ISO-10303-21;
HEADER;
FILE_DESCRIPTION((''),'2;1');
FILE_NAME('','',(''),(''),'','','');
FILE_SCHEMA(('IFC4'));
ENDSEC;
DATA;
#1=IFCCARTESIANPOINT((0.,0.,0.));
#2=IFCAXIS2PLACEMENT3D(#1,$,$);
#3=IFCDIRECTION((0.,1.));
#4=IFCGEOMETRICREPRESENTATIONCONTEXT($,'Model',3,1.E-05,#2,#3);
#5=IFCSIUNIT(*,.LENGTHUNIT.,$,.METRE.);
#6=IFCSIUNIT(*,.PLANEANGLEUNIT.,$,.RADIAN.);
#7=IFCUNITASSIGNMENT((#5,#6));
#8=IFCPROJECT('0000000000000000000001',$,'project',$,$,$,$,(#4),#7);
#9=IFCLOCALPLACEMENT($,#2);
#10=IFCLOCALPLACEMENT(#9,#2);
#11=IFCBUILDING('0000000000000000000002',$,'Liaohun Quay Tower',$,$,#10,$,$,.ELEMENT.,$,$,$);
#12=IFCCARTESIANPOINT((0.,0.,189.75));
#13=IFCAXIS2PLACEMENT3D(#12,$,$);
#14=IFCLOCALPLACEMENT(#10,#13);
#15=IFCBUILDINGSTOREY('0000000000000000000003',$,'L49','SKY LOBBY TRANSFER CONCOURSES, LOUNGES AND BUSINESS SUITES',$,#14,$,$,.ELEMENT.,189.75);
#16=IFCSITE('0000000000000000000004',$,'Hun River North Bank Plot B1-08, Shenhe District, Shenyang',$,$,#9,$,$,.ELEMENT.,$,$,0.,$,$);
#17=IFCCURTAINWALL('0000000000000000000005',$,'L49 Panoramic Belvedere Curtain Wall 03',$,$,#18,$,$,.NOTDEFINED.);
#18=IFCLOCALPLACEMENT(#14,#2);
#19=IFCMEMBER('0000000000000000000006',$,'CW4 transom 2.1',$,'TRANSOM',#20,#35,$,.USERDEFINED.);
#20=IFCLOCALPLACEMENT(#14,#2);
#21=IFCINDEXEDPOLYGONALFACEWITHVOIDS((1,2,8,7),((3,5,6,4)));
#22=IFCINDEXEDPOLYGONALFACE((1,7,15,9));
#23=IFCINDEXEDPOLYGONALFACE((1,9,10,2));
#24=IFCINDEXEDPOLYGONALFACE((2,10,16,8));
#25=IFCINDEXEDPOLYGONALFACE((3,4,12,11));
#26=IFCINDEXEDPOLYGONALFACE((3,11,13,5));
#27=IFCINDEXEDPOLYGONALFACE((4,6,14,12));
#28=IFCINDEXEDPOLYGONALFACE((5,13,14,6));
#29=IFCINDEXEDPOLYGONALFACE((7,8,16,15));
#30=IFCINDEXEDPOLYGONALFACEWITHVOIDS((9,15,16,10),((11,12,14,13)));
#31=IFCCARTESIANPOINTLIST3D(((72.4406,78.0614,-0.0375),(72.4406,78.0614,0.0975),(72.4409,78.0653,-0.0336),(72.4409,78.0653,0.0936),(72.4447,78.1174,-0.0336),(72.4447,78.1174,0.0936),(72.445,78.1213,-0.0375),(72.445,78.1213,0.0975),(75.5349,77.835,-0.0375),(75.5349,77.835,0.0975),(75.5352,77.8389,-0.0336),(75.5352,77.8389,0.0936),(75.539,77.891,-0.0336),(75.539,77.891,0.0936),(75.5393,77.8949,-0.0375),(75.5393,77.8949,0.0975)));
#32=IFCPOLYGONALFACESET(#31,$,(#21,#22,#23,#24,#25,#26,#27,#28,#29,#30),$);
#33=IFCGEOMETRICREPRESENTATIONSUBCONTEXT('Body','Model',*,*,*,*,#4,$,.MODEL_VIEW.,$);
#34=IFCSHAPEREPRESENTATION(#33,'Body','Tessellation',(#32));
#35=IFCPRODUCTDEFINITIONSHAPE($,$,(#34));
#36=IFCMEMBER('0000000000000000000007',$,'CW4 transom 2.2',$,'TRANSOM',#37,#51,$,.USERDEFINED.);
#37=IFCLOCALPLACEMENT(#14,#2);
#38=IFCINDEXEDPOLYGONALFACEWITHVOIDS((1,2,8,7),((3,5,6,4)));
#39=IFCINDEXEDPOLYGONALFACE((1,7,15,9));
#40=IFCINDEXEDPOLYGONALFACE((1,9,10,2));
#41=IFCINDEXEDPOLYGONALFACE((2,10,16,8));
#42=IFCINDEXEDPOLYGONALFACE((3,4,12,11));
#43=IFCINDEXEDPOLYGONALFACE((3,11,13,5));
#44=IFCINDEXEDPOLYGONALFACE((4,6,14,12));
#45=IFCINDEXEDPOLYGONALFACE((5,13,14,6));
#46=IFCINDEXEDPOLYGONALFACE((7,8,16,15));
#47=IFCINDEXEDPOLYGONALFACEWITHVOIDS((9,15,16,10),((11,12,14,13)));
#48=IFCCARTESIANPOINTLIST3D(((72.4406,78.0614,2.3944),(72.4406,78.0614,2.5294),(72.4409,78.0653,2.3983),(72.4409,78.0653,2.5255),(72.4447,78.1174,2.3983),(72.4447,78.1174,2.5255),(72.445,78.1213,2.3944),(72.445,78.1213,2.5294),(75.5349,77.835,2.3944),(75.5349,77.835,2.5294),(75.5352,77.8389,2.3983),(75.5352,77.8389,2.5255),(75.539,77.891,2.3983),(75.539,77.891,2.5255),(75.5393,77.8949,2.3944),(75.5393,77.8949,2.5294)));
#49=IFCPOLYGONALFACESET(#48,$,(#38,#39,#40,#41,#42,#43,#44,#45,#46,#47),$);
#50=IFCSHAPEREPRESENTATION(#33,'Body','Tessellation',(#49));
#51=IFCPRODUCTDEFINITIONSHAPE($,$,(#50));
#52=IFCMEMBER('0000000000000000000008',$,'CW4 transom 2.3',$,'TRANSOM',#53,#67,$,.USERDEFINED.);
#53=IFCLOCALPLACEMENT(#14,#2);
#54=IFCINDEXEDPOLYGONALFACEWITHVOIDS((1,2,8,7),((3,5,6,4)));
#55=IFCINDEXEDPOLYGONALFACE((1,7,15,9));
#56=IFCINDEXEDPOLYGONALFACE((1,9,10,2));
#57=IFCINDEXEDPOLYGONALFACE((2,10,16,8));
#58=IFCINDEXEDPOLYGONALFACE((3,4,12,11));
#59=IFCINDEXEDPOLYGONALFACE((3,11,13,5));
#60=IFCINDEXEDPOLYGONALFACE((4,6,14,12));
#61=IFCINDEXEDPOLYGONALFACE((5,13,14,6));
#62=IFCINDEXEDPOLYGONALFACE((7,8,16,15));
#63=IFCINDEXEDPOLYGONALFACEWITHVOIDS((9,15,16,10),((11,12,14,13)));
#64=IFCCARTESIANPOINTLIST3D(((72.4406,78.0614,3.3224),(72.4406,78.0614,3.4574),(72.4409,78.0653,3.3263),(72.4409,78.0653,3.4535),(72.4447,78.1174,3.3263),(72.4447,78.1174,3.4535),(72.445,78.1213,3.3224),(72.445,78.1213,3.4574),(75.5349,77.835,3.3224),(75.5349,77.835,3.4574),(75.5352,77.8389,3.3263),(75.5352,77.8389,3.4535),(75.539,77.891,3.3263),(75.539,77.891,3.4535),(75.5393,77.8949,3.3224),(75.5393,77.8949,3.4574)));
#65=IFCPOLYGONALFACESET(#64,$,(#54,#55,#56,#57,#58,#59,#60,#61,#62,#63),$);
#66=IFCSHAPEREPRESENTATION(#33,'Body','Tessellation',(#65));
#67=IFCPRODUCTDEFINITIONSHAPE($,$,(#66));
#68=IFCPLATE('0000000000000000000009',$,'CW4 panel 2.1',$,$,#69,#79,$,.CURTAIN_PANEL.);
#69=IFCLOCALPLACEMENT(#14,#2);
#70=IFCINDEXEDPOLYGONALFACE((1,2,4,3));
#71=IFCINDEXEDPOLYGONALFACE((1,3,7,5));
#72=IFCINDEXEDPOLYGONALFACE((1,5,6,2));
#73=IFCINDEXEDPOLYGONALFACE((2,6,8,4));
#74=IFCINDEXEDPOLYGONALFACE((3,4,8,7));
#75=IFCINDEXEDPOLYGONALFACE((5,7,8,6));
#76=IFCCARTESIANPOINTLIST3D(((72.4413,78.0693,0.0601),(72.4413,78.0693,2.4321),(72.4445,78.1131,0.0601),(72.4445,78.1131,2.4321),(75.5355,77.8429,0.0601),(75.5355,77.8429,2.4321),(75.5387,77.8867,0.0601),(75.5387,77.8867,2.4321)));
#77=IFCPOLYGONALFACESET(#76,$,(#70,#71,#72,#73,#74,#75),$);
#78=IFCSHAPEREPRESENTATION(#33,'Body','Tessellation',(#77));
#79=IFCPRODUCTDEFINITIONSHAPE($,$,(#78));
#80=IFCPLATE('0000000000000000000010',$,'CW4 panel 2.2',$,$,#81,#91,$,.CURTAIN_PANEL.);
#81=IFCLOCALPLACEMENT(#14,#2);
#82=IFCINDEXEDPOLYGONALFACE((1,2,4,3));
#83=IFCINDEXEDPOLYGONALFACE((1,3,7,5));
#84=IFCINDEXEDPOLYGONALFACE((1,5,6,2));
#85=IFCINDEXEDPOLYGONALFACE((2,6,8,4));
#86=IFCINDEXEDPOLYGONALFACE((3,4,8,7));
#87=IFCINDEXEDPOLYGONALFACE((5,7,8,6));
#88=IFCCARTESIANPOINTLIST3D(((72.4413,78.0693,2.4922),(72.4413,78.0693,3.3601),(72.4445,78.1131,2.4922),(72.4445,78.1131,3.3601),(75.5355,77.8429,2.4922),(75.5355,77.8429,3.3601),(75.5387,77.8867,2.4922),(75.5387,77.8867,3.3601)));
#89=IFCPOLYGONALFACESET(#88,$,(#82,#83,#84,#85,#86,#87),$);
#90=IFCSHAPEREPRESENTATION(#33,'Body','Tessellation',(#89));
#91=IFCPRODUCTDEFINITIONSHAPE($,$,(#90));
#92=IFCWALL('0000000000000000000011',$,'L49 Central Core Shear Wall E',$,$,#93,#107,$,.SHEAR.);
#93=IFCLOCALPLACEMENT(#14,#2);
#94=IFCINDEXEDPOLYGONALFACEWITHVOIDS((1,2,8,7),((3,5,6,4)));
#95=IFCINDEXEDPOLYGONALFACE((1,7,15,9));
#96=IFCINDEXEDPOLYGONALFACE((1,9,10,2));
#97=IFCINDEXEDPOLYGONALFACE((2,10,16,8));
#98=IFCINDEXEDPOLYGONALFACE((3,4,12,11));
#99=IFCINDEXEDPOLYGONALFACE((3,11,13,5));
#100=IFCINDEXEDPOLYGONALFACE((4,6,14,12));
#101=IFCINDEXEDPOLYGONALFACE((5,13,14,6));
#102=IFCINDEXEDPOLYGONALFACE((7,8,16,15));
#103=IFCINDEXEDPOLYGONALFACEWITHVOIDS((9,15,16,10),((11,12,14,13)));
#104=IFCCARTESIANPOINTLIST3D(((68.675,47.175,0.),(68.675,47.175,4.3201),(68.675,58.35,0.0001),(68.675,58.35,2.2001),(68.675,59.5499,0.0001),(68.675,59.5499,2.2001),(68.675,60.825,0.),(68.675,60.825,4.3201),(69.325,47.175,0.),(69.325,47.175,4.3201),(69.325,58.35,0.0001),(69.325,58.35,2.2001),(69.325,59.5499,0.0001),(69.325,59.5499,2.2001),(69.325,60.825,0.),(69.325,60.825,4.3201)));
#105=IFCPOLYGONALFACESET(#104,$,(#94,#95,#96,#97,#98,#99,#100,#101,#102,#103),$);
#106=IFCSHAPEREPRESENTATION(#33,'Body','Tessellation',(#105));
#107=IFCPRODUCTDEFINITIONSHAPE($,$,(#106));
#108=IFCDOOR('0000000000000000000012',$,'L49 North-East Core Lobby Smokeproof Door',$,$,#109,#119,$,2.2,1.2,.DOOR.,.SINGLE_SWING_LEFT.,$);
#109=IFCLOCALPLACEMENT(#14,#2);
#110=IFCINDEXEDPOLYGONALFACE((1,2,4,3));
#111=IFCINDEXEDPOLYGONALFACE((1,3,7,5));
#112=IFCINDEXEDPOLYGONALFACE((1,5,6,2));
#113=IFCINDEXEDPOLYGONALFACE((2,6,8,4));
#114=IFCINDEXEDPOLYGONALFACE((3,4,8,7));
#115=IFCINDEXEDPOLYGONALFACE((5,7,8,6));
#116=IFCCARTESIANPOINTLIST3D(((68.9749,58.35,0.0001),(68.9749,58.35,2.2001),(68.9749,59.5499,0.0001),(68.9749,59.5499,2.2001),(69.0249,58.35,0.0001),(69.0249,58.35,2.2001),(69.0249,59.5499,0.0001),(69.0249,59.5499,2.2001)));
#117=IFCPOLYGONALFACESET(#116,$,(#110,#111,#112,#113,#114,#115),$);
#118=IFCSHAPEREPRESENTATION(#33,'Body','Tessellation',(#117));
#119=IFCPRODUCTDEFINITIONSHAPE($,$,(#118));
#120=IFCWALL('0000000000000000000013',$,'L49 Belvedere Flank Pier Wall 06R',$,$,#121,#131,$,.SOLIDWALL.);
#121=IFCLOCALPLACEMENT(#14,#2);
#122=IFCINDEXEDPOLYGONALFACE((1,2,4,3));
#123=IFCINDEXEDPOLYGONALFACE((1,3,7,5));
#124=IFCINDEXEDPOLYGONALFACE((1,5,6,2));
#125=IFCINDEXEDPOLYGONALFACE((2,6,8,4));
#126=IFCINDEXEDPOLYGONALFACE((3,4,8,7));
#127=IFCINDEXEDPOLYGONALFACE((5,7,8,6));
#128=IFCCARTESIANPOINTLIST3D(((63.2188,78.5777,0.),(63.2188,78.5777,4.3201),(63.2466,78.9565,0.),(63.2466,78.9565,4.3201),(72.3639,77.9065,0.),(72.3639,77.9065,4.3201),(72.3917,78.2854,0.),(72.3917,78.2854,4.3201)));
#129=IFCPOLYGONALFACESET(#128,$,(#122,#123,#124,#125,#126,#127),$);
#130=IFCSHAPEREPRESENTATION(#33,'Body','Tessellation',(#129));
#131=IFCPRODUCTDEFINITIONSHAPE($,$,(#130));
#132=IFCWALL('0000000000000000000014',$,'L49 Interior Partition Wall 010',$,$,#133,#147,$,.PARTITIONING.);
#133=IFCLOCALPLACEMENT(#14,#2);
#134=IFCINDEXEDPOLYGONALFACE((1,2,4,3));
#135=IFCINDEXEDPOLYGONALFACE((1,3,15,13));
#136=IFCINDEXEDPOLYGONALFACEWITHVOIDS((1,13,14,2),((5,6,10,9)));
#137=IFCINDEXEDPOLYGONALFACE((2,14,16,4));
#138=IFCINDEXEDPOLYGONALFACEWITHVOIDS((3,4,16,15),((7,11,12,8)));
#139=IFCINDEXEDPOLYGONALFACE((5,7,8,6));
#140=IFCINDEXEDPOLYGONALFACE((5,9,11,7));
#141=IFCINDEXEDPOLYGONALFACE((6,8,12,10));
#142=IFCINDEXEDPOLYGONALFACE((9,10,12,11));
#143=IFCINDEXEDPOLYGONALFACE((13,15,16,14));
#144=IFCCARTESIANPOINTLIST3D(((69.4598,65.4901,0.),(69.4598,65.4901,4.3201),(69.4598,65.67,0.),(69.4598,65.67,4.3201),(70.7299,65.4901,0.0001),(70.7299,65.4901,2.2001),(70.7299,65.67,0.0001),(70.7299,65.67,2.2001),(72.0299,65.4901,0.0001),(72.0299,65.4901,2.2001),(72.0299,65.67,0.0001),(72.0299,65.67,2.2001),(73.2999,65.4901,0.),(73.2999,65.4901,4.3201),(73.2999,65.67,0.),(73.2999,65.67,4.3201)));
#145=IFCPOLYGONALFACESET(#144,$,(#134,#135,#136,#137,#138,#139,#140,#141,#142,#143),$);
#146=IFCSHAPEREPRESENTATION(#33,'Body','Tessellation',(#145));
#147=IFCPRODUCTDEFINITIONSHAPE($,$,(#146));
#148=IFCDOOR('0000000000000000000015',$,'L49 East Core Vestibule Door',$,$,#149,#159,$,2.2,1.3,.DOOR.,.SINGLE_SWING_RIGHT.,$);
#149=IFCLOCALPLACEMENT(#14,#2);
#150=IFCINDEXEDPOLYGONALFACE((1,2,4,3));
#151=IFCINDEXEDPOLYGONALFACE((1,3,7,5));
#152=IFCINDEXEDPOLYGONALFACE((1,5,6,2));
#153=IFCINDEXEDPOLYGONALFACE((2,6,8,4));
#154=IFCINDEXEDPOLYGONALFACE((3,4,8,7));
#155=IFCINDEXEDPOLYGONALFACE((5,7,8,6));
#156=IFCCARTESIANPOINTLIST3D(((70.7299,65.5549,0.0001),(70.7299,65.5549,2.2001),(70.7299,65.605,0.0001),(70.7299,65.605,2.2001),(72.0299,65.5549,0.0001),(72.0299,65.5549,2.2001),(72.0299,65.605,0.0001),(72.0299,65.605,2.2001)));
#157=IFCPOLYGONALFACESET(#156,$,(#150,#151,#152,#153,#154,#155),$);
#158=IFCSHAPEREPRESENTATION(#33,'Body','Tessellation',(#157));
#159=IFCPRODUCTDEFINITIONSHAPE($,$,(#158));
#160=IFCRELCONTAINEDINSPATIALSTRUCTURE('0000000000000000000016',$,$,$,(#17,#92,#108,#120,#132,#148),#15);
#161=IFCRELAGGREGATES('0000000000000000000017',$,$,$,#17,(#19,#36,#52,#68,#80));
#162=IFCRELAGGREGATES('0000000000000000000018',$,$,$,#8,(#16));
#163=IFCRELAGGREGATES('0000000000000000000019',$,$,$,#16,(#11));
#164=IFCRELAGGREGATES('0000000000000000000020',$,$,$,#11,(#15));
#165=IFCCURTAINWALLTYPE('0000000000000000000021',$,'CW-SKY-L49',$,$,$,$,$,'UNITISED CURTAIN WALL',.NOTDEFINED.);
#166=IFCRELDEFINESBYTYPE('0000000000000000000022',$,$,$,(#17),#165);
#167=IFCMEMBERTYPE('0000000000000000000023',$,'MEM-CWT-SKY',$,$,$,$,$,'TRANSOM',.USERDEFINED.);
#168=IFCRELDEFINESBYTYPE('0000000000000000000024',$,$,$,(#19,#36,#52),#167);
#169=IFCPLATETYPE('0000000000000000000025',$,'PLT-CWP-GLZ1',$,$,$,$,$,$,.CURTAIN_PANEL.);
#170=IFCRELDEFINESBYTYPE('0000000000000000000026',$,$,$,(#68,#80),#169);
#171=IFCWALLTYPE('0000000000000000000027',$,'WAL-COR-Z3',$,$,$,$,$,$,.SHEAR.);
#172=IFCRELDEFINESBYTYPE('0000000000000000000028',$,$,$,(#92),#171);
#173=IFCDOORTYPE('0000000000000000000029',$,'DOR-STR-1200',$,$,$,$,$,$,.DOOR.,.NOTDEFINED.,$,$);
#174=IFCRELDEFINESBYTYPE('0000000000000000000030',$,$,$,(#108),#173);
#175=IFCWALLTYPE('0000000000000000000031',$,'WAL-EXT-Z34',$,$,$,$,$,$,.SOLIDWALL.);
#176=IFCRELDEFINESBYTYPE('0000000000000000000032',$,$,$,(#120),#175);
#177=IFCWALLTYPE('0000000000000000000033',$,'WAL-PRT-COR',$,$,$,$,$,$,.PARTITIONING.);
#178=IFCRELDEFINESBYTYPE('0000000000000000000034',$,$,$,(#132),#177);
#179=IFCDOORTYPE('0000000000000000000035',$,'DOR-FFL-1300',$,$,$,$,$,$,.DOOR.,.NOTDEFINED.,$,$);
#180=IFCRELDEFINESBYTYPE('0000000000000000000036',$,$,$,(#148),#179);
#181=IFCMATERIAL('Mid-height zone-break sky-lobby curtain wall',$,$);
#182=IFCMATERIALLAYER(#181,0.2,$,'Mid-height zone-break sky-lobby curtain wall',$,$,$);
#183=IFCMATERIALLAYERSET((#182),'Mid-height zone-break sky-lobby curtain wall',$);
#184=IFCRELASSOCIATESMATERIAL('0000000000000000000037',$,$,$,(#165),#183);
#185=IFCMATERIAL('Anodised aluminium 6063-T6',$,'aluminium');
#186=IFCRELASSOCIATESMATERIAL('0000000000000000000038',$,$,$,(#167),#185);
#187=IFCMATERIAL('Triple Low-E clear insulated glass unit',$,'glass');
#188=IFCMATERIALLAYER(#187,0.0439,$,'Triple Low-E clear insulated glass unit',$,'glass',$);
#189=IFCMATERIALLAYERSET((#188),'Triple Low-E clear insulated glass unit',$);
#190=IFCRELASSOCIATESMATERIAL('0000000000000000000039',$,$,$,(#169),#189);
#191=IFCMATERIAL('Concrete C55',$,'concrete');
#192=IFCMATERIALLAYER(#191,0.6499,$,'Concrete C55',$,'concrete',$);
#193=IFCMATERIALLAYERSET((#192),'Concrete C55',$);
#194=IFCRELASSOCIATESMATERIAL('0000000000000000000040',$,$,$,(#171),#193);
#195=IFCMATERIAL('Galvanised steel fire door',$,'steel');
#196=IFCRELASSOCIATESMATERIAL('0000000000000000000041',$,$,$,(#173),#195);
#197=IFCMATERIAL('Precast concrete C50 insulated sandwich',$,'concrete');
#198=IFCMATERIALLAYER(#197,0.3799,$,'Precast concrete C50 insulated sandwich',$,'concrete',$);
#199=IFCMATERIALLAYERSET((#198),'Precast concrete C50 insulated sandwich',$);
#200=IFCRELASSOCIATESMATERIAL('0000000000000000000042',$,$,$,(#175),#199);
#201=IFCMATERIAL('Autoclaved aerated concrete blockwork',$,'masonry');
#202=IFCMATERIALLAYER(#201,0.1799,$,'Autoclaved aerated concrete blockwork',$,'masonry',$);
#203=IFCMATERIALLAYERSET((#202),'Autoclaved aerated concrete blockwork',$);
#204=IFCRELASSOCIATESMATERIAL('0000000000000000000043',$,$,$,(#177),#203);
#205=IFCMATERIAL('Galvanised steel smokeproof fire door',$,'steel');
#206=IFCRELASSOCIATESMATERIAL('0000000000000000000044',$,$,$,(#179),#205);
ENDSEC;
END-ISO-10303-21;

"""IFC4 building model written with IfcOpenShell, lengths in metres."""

from ifc_helpers import new_model, si_unit, direction, frame, frame_2d, origin, origin_2d, place, context, subcontext, project, spatial, rectangle, hollow_rectangle, extrude, source, transform, mapped, material, layer, layer_set, material_profile, profile_set, type_object, element, fill, aggregate, save


model = new_model("IFC4")

# Units and contexts
model_context = context("Model", 3, precision=1e-05, world=origin(), true_north=direction((0.0, 1.0)))
body_context = subcontext(model_context, "Body", "Model", "MODEL_VIEW")
ifc_project = project(units=[si_unit("LENGTHUNIT", "METRE"), si_unit("PLANEANGLEUNIT", "RADIAN")], contexts=[model_context])

# Site, building, storey
site_placement = place(None, origin())
site = spatial("IfcSite", under=ifc_project, at=site_placement, Name="Hun River North Bank Plot B1-08, Shenhe District, Shenyang", CompositionType="ELEMENT", RefElevation=0.0)
building_placement = place(site_placement, origin())
building = spatial("IfcBuilding", under=site, at=building_placement, Name="Liaohun Quay Tower", CompositionType="ELEMENT")
storey_placement = place(building_placement, frame((0.0, 0.0, 189.75)))
storey = spatial("IfcBuildingStorey", under=building, at=storey_placement, Name="L49", Description="SKY LOBBY TRANSFER CONCOURSES, LOUNGES AND BUSINESS SUITES", CompositionType="ELEMENT", Elevation=189.75)

# Shared definitions
ifc_material_1 = material(Name="Concrete C55", Category="concrete")

# Curtain wall, members, plates
ifc_material_2 = material(Name="Mid-height zone-break sky-lobby curtain wall")
ifc_layer_1 = layer(ifc_material_2, 0.2, Name="Mid-height zone-break sky-lobby curtain wall")
ifc_layer_set_1 = layer_set([ifc_layer_1], Name="Mid-height zone-break sky-lobby curtain wall")
curtain_wall_type = type_object("IfcCurtainWallType", Name="CW-SKY-L49", ElementType="UNITISED CURTAIN WALL", PredefinedType="NOTDEFINED", material=ifc_layer_set_1)
curtain_wall_placement = place(storey_placement, origin())
curtain_wall = element("IfcCurtainWall", 1, at=curtain_wall_placement, inside=storey, type_object=curtain_wall_type, Name="L49 Panoramic Belvedere Curtain Wall 03", PredefinedType="NOTDEFINED")
ifc_material_3 = material(Name="Anodised aluminium 6063-T6", Category="aluminium")
ifc_material_profile_1 = material_profile(ifc_material_3, hollow_rectangle(XDim=0.0601, YDim=0.135, WallThickness=0.0039, at=origin_2d()), Name="RHS135x60x4")
ifc_profile_set_1 = profile_set([ifc_material_profile_1], Name="Anodised aluminium 6063-T6")
member_type_1 = type_object("IfcMemberType", Name="MEM-CWT-SKY", ElementType="TRANSOM", PredefinedType="USERDEFINED", material=ifc_profile_set_1)
shared_shape_1 = source(origin(), body_context, "Body", "SweptSolid", [
    extrude(hollow_rectangle(XDim=0.0601, YDim=0.135, WallThickness=0.0039, at=origin_2d()), origin(), (0.0, 0.0, 1.0), 3.1025),
])
member_1_placement = place(storey_placement, frame((75.5371, 77.865, 0.03), z_axis=(-0.997336, 0.072947, 0.0), x_axis=(-0.072947, -0.997336, 0.0)))
member_1 = element("IfcMember", 2, at=member_1_placement, type_object=member_type_1, Name="CW4 transom 2.1", ObjectType="TRANSOM", PredefinedType="USERDEFINED", context=body_context, shape_type="MappedRepresentation", body=[
    mapped(shared_shape_1, transform((0.0, 0.0, 0.0), x_axis=(1.0, 0.0, 0.0), y_axis=(0.0, 1.0, 0.0), z_axis=(0.0, 0.0, 1.0), scale=1.0)),
])
member_2_placement = place(storey_placement, frame((75.5371, 77.865, 2.4619), z_axis=(-0.997336, 0.072947, 0.0), x_axis=(-0.072947, -0.997336, 0.0)))
member_2 = element("IfcMember", 3, at=member_2_placement, type_object=member_type_1, Name="CW4 transom 2.2", ObjectType="TRANSOM", PredefinedType="USERDEFINED", context=body_context, shape_type="MappedRepresentation", body=[
    mapped(shared_shape_1, transform((0.0, 0.0, 0.0), x_axis=(1.0, 0.0, 0.0), y_axis=(0.0, 1.0, 0.0), z_axis=(0.0, 0.0, 1.0), scale=1.0)),
])
member_3_placement = place(storey_placement, frame((75.5371, 77.865, 3.3899), z_axis=(-0.997336, 0.072947, 0.0), x_axis=(-0.072947, -0.997336, 0.0)))
member_3 = element("IfcMember", 4, at=member_3_placement, type_object=member_type_1, Name="CW4 transom 2.3", ObjectType="TRANSOM", PredefinedType="USERDEFINED", context=body_context, shape_type="MappedRepresentation", body=[
    mapped(shared_shape_1, transform((0.0, 0.0, 0.0), x_axis=(1.0, 0.0, 0.0), y_axis=(0.0, 1.0, 0.0), z_axis=(0.0, 0.0, 1.0), scale=1.0)),
])
ifc_material_4 = material(Name="Triple Low-E clear insulated glass unit", Category="glass")
ifc_layer_2 = layer(ifc_material_4, 0.0439, Name="Triple Low-E clear insulated glass unit", Category="glass")
ifc_layer_set_2 = layer_set([ifc_layer_2], Name="Triple Low-E clear insulated glass unit")
plate_type = type_object("IfcPlateType", Name="PLT-CWP-GLZ1", PredefinedType="CURTAIN_PANEL", material=ifc_layer_set_2)
shared_shape_2 = source(origin(), body_context, "Body", "SweptSolid", [
    extrude(rectangle(XDim=3.1025, YDim=0.0439, at=origin_2d()), origin(), (0.0, 0.0, 1.0), 2.3721),
])
plate_1_placement = place(storey_placement, frame((73.99, 77.978, 0.0601), z_axis=(0.0, 0.0, 1.0), x_axis=(-0.997334, 0.072968, 0.0)))
plate_1 = element("IfcPlate", 5, at=plate_1_placement, type_object=plate_type, Name="CW4 panel 2.1", PredefinedType="CURTAIN_PANEL", context=body_context, shape_type="MappedRepresentation", body=[
    mapped(shared_shape_2, transform((0.0, 0.0, 0.0), x_axis=(1.0, 0.0, 0.0), y_axis=(0.0, 1.0, 0.0), z_axis=(0.0, 0.0, 1.0), scale=1.0)),
])
shared_shape_3 = source(origin(), body_context, "Body", "SweptSolid", [
    extrude(rectangle(XDim=3.1025, YDim=0.0439, at=origin_2d()), origin(), (0.0, 0.0, 1.0), 0.8679),
])
plate_2_placement = place(storey_placement, frame((73.99, 77.978, 2.4922), z_axis=(0.0, 0.0, 1.0), x_axis=(-0.997334, 0.072968, 0.0)))
plate_2 = element("IfcPlate", 6, at=plate_2_placement, type_object=plate_type, Name="CW4 panel 2.2", PredefinedType="CURTAIN_PANEL", context=body_context, shape_type="MappedRepresentation", body=[
    mapped(shared_shape_3, transform((0.0, 0.0, 0.0), x_axis=(1.0, 0.0, 0.0), y_axis=(0.0, 1.0, 0.0), z_axis=(0.0, 0.0, 1.0), scale=1.0)),
])
aggregate(curtain_wall, [member_1, member_2, member_3, plate_1, plate_2])

# Wall, opening, door
ifc_layer_3 = layer(ifc_material_1, 0.6499, Name="Concrete C55", Category="concrete")
ifc_layer_set_3 = layer_set([ifc_layer_3], Name="Concrete C55")
wall_type_1 = type_object("IfcWallType", Name="WAL-COR-Z3", PredefinedType="SHEAR", material=ifc_layer_set_3)
wall_1_placement = place(storey_placement, frame((69.0, 60.825, 0.0), z_axis=(0.0, 0.0, 1.0), x_axis=(0.0, -1.0, 0.0)))
wall_1 = element("IfcWall", 7, at=wall_1_placement, inside=storey, type_object=wall_type_1, Name="L49 Central Core Shear Wall E", PredefinedType="SHEAR", context=body_context, shape_type="SweptSolid", body=[
    extrude(rectangle(XDim=13.6499, YDim=0.6499, at=frame_2d((6.825, 0.0))), origin(), (0.0, 0.0, 1.0), 4.3201),
])
shared_shape_4 = source(origin(), body_context, "Body", "SweptSolid", [
    extrude(rectangle(XDim=1.2, YDim=2.2, at=frame_2d((0.6001, 1.1001))), frame((0.0, 0.335, 0.0), z_axis=(0.0, -1.0, 0.0), x_axis=(1.0, 0.0, 0.0)), (0.0, 0.0, 1.0), 0.6699),
])
opening_1_placement = place(wall_1_placement, frame((1.2749, 0.0, 0.0)))
opening_1 = element("IfcOpeningElement", 8, at=opening_1_placement, cuts=wall_1, PredefinedType="OPENING", context=body_context, shape_type="MappedRepresentation", body=[
    mapped(shared_shape_4, transform((0.0, 0.0, 0.0), x_axis=(1.0, 0.0, 0.0), y_axis=(0.0, 1.0, 0.0), z_axis=(0.0, 0.0, 1.0), scale=1.0)),
])
ifc_material_5 = material(Name="Galvanised steel fire door", Category="steel")
door_type_1 = type_object("IfcDoorType", Name="DOR-STR-1200", OperationType="NOTDEFINED", PredefinedType="DOOR", material=ifc_material_5)
shared_shape_5 = source(origin(), body_context, "Body", "SweptSolid", [
    extrude(rectangle(XDim=1.2, YDim=2.2, at=frame_2d((0.6001, 1.1001))), frame((0.0, 0.0249, 0.0), z_axis=(0.0, -1.0, 0.0), x_axis=(1.0, 0.0, 0.0)), (0.0, 0.0, 1.0), 0.05),
])
door_1_placement = place(opening_1_placement, origin())
door_1 = element("IfcDoor", 9, at=door_1_placement, inside=storey, type_object=door_type_1, Name="L49 North-East Core Lobby Smokeproof Door", OperationType="SINGLE_SWING_LEFT", OverallHeight=2.2, OverallWidth=1.2, PredefinedType="DOOR", context=body_context, shape_type="MappedRepresentation", body=[
    mapped(shared_shape_5, transform((0.0, 0.0, 0.0), x_axis=(1.0, 0.0, 0.0), y_axis=(0.0, 1.0, 0.0), z_axis=(0.0, 0.0, 1.0), scale=1.0)),
])
fill(opening_1, door_1)

# Wall
ifc_material_6 = material(Name="Precast concrete C50 insulated sandwich", Category="concrete")
ifc_layer_4 = layer(ifc_material_6, 0.3799, Name="Precast concrete C50 insulated sandwich", Category="concrete")
ifc_layer_set_4 = layer_set([ifc_layer_4], Name="Precast concrete C50 insulated sandwich")
wall_type_2 = type_object("IfcWallType", Name="WAL-EXT-Z34", PredefinedType="SOLIDWALL", material=ifc_layer_set_4)
wall_2_placement = place(storey_placement, frame((72.3779, 78.0959, 0.0), z_axis=(0.0, 0.0, 1.0), x_axis=(-0.997318, 0.073192, 0.0)))
element("IfcWall", 10, at=wall_2_placement, inside=storey, type_object=wall_type_2, Name="L49 Belvedere Flank Pier Wall 06R", PredefinedType="SOLIDWALL", context=body_context, shape_type="SweptSolid", body=[
    extrude(rectangle(XDim=9.1697, YDim=0.3799, at=frame_2d((4.585, 0.0))), origin(), (0.0, 0.0, 1.0), 4.3201),
])

# Wall, opening, door
ifc_material_7 = material(Name="Autoclaved aerated concrete blockwork", Category="masonry")
ifc_layer_5 = layer(ifc_material_7, 0.1799, Name="Autoclaved aerated concrete blockwork", Category="masonry")
ifc_layer_set_5 = layer_set([ifc_layer_5], Name="Autoclaved aerated concrete blockwork")
wall_type_3 = type_object("IfcWallType", Name="WAL-PRT-COR", PredefinedType="PARTITIONING", material=ifc_layer_set_5)
wall_3_placement = place(storey_placement, frame((69.46, 65.5801, 0.0), z_axis=(0.0, 0.0, 1.0), x_axis=(1.0, 0.0, 0.0)))
wall_3 = element("IfcWall", 11, at=wall_3_placement, inside=storey, type_object=wall_type_3, Name="L49 Interior Partition Wall 010", PredefinedType="PARTITIONING", context=body_context, shape_type="SweptSolid", body=[
    extrude(rectangle(XDim=3.8401, YDim=0.1799, at=frame_2d((1.9199, 0.0))), origin(), (0.0, 0.0, 1.0), 4.3201),
])
shared_shape_6 = source(origin(), body_context, "Body", "SweptSolid", [
    extrude(rectangle(XDim=1.3, YDim=2.2, at=frame_2d((0.6499, 1.1001))), frame((0.0, 0.0999, 0.0), z_axis=(0.0, -1.0, 0.0), x_axis=(1.0, 0.0, 0.0)), (0.0, 0.0, 1.0), 0.2),
])
opening_2_placement = place(wall_3_placement, frame((1.27, 0.0, 0.0)))
opening_2 = element("IfcOpeningElement", 12, at=opening_2_placement, cuts=wall_3, PredefinedType="OPENING", context=body_context, shape_type="MappedRepresentation", body=[
    mapped(shared_shape_6, transform((0.0, 0.0, 0.0), x_axis=(1.0, 0.0, 0.0), y_axis=(0.0, 1.0, 0.0), z_axis=(0.0, 0.0, 1.0), scale=1.0)),
])
ifc_material_8 = material(Name="Galvanised steel smokeproof fire door", Category="steel")
door_type_2 = type_object("IfcDoorType", Name="DOR-FFL-1300", OperationType="NOTDEFINED", PredefinedType="DOOR", material=ifc_material_8)
shared_shape_7 = source(origin(), body_context, "Body", "SweptSolid", [
    extrude(rectangle(XDim=1.3, YDim=2.2, at=frame_2d((0.6499, 1.1001))), frame((0.0, 0.0249, 0.0), z_axis=(0.0, -1.0, 0.0), x_axis=(1.0, 0.0, 0.0)), (0.0, 0.0, 1.0), 0.05),
])
door_2_placement = place(opening_2_placement, origin())
door_2 = element("IfcDoor", 13, at=door_2_placement, inside=storey, type_object=door_type_2, Name="L49 East Core Vestibule Door", OperationType="SINGLE_SWING_RIGHT", OverallHeight=2.2, OverallWidth=1.3, PredefinedType="DOOR", context=body_context, shape_type="MappedRepresentation", body=[
    mapped(shared_shape_7, transform((0.0, 0.0, 0.0), x_axis=(1.0, 0.0, 0.0), y_axis=(0.0, 1.0, 0.0), z_axis=(0.0, 0.0, 1.0), scale=1.0)),
])
fill(opening_2, door_2)

save(model, "model.ifc")
